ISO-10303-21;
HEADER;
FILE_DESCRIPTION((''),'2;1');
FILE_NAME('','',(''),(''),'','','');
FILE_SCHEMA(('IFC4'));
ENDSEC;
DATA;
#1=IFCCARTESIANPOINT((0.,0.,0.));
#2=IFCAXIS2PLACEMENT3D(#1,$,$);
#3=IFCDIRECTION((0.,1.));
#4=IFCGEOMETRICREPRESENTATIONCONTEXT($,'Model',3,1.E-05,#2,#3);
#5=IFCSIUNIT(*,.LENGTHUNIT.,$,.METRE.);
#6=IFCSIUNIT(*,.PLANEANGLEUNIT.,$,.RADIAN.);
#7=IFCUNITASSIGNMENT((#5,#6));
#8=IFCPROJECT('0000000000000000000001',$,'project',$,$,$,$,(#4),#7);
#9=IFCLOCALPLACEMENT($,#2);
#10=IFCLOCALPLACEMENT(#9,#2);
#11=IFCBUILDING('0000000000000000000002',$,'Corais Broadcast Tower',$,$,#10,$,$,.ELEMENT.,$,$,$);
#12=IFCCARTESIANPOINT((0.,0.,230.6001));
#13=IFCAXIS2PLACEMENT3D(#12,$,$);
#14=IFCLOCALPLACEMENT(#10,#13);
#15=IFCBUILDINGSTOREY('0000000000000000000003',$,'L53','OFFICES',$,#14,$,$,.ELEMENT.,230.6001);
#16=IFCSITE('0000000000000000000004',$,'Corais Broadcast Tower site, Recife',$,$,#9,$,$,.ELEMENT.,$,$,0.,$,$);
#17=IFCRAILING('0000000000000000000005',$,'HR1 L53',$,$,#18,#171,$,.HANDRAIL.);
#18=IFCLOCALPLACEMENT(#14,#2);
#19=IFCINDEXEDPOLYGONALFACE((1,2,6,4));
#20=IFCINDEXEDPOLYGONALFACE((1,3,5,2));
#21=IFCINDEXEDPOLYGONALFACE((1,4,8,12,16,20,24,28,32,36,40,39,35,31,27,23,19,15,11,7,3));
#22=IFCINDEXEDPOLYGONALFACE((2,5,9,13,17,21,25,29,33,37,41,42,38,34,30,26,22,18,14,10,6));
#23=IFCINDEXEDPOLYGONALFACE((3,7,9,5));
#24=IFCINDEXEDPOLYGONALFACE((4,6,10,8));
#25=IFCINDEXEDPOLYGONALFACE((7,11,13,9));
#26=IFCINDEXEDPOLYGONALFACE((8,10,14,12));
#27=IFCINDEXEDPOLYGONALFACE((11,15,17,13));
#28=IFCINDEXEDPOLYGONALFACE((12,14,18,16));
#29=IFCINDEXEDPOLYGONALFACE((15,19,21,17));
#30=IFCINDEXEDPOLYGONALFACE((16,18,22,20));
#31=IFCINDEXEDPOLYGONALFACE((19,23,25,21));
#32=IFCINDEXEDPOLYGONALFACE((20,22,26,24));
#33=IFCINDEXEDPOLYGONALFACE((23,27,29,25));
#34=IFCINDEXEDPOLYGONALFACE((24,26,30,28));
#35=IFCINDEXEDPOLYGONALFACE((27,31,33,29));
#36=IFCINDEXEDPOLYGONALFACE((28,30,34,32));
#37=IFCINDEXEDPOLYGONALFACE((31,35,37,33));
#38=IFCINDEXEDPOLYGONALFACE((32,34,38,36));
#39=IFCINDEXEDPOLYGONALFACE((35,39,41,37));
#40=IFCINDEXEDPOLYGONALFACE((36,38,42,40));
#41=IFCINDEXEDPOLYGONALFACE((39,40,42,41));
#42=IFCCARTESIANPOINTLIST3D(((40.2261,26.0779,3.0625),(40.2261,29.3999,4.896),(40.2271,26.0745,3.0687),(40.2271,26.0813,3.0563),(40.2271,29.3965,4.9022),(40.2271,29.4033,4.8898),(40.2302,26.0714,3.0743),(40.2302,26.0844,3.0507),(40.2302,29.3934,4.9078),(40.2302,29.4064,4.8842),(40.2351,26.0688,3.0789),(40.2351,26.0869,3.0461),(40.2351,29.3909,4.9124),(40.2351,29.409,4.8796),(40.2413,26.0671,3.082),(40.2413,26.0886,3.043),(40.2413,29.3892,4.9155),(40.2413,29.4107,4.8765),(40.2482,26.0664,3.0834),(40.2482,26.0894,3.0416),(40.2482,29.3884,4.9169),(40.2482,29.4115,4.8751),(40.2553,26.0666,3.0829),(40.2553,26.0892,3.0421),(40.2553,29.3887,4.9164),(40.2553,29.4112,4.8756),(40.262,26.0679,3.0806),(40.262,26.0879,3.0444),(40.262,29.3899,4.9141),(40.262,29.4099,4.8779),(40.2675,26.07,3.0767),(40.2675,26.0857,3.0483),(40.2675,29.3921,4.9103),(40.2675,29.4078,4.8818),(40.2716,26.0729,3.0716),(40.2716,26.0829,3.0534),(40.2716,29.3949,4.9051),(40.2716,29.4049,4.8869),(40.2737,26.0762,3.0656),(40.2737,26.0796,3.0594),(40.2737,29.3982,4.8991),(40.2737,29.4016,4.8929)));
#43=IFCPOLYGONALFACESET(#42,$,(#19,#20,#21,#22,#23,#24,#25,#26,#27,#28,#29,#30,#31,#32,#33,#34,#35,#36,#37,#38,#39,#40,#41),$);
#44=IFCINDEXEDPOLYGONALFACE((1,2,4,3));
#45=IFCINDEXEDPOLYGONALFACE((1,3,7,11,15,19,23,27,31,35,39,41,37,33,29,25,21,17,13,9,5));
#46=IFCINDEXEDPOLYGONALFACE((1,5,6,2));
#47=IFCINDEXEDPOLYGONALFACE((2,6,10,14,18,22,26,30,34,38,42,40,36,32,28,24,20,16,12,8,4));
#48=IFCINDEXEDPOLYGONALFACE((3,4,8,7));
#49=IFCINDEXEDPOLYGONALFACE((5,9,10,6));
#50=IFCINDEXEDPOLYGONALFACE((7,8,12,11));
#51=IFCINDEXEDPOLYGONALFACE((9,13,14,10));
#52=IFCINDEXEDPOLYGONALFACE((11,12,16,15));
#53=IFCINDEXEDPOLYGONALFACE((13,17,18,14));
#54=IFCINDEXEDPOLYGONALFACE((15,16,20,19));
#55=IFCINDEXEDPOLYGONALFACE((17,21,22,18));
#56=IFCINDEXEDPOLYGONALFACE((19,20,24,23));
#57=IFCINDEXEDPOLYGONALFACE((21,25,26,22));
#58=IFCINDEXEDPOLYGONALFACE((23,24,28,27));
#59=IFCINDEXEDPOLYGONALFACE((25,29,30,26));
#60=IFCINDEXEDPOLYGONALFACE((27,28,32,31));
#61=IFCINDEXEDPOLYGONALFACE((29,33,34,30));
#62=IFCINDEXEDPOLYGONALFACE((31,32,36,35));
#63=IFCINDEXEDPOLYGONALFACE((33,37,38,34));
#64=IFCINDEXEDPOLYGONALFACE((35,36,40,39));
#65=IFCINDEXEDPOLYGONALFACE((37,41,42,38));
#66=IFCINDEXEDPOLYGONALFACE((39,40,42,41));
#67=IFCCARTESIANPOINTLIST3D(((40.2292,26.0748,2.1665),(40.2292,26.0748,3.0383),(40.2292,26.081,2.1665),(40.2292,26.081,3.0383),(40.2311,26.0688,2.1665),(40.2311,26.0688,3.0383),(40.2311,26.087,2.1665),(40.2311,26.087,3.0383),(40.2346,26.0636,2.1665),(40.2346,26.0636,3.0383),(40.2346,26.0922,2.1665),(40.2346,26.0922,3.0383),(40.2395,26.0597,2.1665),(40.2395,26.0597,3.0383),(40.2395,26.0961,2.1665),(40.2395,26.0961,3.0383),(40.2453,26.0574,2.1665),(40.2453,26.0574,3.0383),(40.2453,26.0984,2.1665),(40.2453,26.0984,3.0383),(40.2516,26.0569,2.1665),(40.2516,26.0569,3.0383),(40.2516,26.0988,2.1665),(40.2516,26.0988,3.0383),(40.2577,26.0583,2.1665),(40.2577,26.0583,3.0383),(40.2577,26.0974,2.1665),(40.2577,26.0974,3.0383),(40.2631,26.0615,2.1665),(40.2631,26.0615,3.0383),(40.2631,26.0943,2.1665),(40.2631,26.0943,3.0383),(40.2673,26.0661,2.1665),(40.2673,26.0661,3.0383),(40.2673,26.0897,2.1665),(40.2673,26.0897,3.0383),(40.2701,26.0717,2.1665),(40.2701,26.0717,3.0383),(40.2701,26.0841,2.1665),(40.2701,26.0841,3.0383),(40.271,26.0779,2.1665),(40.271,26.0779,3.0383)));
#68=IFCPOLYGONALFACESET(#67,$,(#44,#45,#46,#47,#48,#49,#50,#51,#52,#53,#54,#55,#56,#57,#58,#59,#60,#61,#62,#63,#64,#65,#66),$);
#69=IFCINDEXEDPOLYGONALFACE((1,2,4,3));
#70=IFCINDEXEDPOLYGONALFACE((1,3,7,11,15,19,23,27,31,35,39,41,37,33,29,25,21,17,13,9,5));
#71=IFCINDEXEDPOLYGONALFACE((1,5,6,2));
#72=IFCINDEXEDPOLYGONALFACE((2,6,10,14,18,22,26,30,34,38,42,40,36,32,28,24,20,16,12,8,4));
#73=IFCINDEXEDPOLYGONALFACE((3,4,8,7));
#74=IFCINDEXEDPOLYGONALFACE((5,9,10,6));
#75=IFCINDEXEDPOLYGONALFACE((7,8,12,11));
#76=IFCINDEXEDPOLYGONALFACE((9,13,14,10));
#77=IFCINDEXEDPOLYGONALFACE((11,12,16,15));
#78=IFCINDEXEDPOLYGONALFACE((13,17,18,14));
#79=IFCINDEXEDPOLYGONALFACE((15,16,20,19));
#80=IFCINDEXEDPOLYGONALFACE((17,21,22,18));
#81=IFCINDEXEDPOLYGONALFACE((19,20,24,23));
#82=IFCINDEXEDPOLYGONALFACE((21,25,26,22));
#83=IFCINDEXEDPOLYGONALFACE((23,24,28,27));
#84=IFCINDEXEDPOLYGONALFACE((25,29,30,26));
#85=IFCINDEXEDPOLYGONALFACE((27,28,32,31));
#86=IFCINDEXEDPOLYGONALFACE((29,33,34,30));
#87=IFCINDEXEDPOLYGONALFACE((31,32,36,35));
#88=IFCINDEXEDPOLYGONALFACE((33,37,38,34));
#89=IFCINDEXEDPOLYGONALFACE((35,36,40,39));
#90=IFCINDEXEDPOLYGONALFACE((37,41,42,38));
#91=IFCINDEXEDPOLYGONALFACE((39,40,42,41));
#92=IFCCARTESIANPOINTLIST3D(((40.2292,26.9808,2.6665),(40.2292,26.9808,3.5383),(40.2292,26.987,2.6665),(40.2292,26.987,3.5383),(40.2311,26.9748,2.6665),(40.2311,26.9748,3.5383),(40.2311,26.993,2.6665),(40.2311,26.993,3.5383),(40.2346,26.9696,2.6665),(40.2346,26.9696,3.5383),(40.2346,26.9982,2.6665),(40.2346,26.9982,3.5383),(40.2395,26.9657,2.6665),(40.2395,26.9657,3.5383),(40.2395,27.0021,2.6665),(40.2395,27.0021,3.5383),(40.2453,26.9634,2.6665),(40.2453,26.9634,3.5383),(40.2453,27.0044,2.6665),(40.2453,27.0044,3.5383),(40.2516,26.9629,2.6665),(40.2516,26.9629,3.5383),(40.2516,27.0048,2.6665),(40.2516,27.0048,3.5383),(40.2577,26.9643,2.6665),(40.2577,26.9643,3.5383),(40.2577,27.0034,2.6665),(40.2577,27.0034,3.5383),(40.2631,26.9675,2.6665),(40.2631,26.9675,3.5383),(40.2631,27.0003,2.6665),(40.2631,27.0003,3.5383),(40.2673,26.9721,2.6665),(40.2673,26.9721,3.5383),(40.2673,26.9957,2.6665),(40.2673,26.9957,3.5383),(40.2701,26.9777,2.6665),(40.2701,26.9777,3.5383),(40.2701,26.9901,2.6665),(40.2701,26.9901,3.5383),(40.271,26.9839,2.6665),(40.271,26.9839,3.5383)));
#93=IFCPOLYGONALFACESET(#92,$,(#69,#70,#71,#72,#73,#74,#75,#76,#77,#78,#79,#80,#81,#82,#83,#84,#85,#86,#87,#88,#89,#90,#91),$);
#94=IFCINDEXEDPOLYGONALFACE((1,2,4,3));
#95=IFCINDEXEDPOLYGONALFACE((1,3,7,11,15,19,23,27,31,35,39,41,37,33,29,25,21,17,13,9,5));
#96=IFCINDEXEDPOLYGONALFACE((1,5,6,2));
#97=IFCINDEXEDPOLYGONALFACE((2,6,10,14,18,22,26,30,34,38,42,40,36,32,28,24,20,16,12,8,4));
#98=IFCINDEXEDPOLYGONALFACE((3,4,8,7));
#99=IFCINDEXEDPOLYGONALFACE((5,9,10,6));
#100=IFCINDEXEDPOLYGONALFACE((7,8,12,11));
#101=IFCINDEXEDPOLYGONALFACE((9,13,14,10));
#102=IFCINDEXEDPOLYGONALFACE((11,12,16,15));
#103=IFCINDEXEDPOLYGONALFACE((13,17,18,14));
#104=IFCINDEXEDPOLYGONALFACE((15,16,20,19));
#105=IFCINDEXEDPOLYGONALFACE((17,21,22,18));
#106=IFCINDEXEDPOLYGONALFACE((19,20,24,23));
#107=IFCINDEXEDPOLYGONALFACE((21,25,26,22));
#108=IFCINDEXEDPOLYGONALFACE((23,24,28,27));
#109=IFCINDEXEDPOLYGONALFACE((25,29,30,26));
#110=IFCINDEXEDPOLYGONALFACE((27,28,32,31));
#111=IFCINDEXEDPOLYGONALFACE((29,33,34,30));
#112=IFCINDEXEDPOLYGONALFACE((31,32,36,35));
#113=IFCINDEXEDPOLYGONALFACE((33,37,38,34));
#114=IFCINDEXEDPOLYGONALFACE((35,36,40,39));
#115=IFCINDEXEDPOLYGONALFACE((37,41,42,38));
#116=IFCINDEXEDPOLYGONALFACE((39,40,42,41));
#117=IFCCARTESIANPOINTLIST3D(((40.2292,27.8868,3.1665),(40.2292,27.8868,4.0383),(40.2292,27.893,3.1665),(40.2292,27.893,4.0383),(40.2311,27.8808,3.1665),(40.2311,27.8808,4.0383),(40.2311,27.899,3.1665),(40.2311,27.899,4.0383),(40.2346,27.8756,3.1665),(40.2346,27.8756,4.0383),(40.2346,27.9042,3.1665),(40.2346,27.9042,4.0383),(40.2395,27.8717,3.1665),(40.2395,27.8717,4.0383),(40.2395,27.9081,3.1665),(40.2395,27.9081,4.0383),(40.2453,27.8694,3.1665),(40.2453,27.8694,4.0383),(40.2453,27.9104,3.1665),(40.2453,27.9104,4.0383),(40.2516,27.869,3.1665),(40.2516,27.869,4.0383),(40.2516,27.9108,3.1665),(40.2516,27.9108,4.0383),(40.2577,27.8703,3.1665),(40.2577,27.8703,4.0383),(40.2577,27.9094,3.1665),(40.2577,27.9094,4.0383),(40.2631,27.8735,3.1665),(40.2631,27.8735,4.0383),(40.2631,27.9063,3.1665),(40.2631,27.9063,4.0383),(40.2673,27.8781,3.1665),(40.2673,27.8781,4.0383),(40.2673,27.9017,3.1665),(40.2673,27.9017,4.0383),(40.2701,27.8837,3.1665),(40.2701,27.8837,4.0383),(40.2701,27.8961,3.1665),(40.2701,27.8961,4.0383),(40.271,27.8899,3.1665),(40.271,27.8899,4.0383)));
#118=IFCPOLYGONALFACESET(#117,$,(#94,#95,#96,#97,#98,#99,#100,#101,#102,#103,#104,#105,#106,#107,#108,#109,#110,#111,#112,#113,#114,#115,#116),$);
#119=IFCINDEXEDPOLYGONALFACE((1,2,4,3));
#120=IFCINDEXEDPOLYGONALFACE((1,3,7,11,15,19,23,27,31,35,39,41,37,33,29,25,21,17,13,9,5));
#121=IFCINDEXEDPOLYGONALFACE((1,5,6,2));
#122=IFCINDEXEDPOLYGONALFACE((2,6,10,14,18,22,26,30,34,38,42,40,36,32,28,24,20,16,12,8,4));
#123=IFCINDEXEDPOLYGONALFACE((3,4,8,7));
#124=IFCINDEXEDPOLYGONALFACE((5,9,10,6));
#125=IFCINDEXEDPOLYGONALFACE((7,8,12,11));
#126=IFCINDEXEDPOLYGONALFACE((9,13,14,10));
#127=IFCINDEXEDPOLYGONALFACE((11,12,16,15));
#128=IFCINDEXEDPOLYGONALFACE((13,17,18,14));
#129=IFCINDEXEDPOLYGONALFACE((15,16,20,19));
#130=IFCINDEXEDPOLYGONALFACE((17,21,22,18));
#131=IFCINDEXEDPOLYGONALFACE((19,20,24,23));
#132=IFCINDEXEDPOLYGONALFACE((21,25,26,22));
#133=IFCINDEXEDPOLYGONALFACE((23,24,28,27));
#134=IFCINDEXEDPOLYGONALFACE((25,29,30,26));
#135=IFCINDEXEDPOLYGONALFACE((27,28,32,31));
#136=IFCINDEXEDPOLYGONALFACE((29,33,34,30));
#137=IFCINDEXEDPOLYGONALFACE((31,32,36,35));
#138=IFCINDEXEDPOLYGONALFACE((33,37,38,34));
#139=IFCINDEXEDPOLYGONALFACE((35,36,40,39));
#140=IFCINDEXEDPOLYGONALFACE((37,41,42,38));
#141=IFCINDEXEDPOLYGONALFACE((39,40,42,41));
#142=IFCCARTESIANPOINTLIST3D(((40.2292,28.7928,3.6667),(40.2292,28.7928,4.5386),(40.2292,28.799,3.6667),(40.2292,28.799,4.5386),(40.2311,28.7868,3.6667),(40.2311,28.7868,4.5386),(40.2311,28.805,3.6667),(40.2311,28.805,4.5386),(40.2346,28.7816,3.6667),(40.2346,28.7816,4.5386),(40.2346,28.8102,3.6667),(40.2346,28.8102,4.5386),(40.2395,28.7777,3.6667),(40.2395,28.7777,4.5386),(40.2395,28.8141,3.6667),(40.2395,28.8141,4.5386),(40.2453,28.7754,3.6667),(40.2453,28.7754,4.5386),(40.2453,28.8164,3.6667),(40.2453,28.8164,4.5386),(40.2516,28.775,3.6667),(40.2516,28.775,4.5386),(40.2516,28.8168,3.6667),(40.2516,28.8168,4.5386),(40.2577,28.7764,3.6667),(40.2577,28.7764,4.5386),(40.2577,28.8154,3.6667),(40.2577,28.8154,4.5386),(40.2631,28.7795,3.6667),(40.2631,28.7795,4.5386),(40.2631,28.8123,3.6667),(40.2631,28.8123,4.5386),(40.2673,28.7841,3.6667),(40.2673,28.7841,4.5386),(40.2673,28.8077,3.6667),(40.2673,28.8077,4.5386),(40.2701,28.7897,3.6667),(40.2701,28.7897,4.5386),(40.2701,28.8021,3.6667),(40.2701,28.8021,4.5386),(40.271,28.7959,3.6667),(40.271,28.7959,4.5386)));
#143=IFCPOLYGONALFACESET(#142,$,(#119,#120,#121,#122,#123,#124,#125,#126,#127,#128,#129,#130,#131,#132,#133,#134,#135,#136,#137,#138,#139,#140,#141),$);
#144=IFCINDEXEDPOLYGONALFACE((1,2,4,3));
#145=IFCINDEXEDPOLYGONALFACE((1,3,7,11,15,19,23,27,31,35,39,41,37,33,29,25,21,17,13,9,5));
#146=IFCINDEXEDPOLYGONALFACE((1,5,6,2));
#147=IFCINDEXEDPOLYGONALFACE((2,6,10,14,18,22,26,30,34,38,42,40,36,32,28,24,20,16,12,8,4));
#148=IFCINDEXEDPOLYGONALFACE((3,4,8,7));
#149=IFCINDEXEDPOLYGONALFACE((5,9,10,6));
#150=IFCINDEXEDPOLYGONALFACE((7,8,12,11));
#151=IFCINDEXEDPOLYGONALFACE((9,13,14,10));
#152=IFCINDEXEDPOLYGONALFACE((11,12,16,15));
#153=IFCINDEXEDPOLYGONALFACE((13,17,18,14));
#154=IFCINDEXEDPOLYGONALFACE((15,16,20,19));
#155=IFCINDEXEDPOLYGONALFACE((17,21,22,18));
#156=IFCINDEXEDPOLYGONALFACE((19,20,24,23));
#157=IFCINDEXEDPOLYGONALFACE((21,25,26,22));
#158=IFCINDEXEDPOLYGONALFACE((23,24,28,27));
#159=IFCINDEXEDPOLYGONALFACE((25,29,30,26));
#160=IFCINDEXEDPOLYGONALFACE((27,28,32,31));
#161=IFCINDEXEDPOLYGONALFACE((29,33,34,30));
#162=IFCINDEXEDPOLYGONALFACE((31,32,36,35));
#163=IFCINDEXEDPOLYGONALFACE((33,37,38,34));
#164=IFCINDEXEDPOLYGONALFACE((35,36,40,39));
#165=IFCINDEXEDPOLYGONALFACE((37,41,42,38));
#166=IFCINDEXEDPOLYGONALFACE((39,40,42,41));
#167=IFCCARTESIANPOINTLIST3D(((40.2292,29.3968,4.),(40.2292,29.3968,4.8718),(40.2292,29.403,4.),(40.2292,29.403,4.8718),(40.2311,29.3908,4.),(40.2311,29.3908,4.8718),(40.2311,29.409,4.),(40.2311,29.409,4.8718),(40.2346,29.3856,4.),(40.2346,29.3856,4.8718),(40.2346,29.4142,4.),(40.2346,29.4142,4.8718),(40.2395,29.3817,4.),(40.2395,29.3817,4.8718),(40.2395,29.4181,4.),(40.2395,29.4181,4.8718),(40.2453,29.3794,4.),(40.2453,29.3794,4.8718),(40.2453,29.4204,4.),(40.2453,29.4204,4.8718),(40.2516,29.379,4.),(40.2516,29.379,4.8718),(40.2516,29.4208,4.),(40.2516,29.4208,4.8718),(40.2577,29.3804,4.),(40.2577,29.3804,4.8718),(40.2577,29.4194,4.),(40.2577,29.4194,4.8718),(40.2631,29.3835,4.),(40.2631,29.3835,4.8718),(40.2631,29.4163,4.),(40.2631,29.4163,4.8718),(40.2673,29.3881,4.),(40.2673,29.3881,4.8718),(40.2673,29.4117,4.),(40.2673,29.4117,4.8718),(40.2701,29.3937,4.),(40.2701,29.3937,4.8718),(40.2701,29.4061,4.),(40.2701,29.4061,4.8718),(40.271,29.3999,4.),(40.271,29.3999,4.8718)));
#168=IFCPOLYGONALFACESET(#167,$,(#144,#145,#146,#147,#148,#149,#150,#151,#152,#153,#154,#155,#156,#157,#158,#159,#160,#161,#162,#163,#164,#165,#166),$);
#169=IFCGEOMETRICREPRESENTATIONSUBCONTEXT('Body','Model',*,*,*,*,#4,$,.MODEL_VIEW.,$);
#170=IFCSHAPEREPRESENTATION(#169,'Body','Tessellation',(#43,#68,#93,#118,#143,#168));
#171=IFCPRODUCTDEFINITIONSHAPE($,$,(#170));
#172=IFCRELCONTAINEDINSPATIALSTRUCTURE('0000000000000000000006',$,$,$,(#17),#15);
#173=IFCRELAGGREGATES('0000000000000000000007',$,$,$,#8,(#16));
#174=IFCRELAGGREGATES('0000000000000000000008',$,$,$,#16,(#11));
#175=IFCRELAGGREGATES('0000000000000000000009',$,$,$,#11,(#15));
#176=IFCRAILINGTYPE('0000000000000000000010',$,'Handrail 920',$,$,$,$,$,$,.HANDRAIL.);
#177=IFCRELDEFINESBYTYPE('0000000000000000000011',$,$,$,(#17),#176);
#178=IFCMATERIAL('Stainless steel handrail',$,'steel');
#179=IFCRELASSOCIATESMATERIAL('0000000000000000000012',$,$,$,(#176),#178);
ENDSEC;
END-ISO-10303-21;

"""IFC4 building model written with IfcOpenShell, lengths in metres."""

from ifc_helpers import new_model, si_unit, direction, frame, origin, origin_2d, place, context, subcontext, project, spatial, circle, extrude, material, type_object, element, save


model = new_model("IFC4")

# Units and contexts
model_context = context("Model", 3, precision=1e-05, world=origin(), true_north=direction((0.0, 1.0)))
body_context = subcontext(model_context, "Body", "Model", "MODEL_VIEW")
ifc_project = project(units=[si_unit("LENGTHUNIT", "METRE"), si_unit("PLANEANGLEUNIT", "RADIAN")], contexts=[model_context])

# Site, building, storey
site_placement = place(None, origin())
site = spatial("IfcSite", under=ifc_project, at=site_placement, Name="Corais Broadcast Tower site, Recife", CompositionType="ELEMENT", RefElevation=0.0)
building_placement = place(site_placement, origin())
building = spatial("IfcBuilding", under=site, at=building_placement, Name="Corais Broadcast Tower", CompositionType="ELEMENT")
storey_placement = place(building_placement, frame((0.0, 0.0, 230.6001)))
storey = spatial("IfcBuildingStorey", under=building, at=storey_placement, Name="L53", Description="OFFICES", CompositionType="ELEMENT", Elevation=230.6001)

# Railing
ifc_material_1 = material(Name="Stainless steel handrail", Category="steel")
railing_type = type_object("IfcRailingType", Name="Handrail 920", PredefinedType="HANDRAIL", material=ifc_material_1)
for number, where, name in (
    (1, (40.25, 26.0779, 2.1665), "HR1 L53"),
):
    element("IfcRailing", number, at=place(storey_placement, frame(where)), inside=storey, type_object=railing_type, Name=name, PredefinedType="HANDRAIL", context=body_context, shape_type="SweptSolid", body=[
        extrude(circle(Radius=0.0239, at=origin_2d()), frame((0.0, 0.0, 0.896), z_axis=(0.0, 0.875504, 0.48321), x_axis=(-1.0, 0.0, 0.0)), (0.0, 0.0, 1.0), 3.7944),
        extrude(circle(Radius=0.021, at=origin_2d()), origin(), (0.0, 0.0, 1.0), 0.8718),
        extrude(circle(Radius=0.021, at=origin_2d()), frame((0.0, 0.906, 0.5)), (0.0, 0.0, 1.0), 0.8718),
        extrude(circle(Radius=0.021, at=origin_2d()), frame((0.0, 1.812, 1.0)), (0.0, 0.0, 1.0), 0.8718),
        extrude(circle(Radius=0.021, at=origin_2d()), frame((0.0, 2.718, 1.5002)), (0.0, 0.0, 1.0), 0.8718),
        extrude(circle(Radius=0.021, at=origin_2d()), frame((0.0, 3.322, 1.8335)), (0.0, 0.0, 1.0), 0.8718),
    ])

save(model, "model.ifc")
